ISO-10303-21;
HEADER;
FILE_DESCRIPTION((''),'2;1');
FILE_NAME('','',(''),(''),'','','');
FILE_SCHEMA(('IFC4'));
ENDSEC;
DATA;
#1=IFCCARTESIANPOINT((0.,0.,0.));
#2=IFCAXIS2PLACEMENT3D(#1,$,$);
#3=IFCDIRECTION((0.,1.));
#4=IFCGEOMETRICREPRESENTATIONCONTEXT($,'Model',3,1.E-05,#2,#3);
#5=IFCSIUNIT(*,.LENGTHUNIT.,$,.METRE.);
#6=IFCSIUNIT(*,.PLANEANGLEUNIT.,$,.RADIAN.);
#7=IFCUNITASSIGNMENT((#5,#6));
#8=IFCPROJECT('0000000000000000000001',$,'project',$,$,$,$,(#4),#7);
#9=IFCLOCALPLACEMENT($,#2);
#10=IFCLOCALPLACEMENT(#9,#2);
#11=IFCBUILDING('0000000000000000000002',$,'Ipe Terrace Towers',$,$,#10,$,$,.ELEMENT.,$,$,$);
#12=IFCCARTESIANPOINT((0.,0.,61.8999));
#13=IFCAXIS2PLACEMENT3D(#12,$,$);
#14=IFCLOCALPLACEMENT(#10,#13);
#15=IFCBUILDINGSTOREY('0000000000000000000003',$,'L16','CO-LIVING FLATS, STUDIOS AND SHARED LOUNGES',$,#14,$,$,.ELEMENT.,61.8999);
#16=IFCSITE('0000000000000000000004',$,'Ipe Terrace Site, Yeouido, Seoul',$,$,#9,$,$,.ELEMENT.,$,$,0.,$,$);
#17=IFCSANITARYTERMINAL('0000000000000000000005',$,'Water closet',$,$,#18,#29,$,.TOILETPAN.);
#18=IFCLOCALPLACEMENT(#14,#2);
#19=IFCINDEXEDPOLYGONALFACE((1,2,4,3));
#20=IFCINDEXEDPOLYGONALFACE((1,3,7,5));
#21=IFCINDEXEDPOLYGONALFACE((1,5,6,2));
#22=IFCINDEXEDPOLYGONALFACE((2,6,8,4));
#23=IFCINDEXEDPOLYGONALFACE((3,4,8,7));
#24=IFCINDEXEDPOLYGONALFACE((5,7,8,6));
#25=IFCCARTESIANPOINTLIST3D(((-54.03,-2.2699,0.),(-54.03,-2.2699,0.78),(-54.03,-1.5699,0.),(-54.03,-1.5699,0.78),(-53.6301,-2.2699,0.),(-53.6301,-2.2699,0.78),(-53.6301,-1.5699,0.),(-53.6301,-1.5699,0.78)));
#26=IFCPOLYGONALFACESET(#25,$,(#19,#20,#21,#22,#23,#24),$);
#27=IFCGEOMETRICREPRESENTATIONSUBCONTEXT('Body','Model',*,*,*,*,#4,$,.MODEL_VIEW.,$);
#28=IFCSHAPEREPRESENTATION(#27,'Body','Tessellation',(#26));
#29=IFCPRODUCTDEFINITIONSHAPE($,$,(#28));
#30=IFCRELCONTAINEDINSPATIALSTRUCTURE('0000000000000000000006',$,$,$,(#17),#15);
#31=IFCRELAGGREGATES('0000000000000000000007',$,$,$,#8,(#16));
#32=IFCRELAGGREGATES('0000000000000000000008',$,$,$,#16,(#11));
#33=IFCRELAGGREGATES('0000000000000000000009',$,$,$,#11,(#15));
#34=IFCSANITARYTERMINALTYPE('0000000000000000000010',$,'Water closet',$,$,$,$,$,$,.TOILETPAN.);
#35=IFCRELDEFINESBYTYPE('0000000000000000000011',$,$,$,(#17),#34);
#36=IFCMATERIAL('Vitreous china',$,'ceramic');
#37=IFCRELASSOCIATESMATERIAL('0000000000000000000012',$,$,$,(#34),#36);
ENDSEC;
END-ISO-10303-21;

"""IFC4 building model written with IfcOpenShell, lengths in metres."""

from ifc_helpers import new_model, si_unit, direction, frame, origin, origin_2d, place, context, subcontext, project, spatial, rectangle, extrude, material, type_object, element, save


model = new_model("IFC4")

# Units and contexts
model_context = context("Model", 3, precision=1e-05, world=origin(), true_north=direction((0.0, 1.0)))
body_context = subcontext(model_context, "Body", "Model", "MODEL_VIEW")
ifc_project = project(units=[si_unit("LENGTHUNIT", "METRE"), si_unit("PLANEANGLEUNIT", "RADIAN")], contexts=[model_context])

# Site, building, storey
site_placement = place(None, origin())
site = spatial("IfcSite", under=ifc_project, at=site_placement, Name="Ipe Terrace Site, Yeouido, Seoul", CompositionType="ELEMENT", RefElevation=0.0)
building_placement = place(site_placement, origin())
building = spatial("IfcBuilding", under=site, at=building_placement, Name="Ipe Terrace Towers", CompositionType="ELEMENT")
storey_placement = place(building_placement, frame((0.0, 0.0, 61.8999)))
storey = spatial("IfcBuildingStorey", under=building, at=storey_placement, Name="L16", Description="CO-LIVING FLATS, STUDIOS AND SHARED LOUNGES", CompositionType="ELEMENT", Elevation=61.8999)

# Sanitary terminal
ifc_material_1 = material(Name="Vitreous china", Category="ceramic")
sanitary_terminal_type_1 = type_object("IfcSanitaryTerminalType", Name="Water closet", PredefinedType="TOILETPAN", material=ifc_material_1)
sanitary_terminal_1_placement = place(storey_placement, frame((-53.8301, -1.9199, 0.0), z_axis=(0.0, 0.0, 1.0), x_axis=(0.0, -1.0, 0.0)))
element("IfcSanitaryTerminal", 1, at=sanitary_terminal_1_placement, inside=storey, type_object=sanitary_terminal_type_1, Name="Water closet", PredefinedType="TOILETPAN", context=body_context, shape_type="SweptSolid", body=[
    extrude(rectangle(XDim=0.7, YDim=0.3999, at=origin_2d()), origin(), (0.0, 0.0, 1.0), 0.78),
])

save(model, "model.ifc")
